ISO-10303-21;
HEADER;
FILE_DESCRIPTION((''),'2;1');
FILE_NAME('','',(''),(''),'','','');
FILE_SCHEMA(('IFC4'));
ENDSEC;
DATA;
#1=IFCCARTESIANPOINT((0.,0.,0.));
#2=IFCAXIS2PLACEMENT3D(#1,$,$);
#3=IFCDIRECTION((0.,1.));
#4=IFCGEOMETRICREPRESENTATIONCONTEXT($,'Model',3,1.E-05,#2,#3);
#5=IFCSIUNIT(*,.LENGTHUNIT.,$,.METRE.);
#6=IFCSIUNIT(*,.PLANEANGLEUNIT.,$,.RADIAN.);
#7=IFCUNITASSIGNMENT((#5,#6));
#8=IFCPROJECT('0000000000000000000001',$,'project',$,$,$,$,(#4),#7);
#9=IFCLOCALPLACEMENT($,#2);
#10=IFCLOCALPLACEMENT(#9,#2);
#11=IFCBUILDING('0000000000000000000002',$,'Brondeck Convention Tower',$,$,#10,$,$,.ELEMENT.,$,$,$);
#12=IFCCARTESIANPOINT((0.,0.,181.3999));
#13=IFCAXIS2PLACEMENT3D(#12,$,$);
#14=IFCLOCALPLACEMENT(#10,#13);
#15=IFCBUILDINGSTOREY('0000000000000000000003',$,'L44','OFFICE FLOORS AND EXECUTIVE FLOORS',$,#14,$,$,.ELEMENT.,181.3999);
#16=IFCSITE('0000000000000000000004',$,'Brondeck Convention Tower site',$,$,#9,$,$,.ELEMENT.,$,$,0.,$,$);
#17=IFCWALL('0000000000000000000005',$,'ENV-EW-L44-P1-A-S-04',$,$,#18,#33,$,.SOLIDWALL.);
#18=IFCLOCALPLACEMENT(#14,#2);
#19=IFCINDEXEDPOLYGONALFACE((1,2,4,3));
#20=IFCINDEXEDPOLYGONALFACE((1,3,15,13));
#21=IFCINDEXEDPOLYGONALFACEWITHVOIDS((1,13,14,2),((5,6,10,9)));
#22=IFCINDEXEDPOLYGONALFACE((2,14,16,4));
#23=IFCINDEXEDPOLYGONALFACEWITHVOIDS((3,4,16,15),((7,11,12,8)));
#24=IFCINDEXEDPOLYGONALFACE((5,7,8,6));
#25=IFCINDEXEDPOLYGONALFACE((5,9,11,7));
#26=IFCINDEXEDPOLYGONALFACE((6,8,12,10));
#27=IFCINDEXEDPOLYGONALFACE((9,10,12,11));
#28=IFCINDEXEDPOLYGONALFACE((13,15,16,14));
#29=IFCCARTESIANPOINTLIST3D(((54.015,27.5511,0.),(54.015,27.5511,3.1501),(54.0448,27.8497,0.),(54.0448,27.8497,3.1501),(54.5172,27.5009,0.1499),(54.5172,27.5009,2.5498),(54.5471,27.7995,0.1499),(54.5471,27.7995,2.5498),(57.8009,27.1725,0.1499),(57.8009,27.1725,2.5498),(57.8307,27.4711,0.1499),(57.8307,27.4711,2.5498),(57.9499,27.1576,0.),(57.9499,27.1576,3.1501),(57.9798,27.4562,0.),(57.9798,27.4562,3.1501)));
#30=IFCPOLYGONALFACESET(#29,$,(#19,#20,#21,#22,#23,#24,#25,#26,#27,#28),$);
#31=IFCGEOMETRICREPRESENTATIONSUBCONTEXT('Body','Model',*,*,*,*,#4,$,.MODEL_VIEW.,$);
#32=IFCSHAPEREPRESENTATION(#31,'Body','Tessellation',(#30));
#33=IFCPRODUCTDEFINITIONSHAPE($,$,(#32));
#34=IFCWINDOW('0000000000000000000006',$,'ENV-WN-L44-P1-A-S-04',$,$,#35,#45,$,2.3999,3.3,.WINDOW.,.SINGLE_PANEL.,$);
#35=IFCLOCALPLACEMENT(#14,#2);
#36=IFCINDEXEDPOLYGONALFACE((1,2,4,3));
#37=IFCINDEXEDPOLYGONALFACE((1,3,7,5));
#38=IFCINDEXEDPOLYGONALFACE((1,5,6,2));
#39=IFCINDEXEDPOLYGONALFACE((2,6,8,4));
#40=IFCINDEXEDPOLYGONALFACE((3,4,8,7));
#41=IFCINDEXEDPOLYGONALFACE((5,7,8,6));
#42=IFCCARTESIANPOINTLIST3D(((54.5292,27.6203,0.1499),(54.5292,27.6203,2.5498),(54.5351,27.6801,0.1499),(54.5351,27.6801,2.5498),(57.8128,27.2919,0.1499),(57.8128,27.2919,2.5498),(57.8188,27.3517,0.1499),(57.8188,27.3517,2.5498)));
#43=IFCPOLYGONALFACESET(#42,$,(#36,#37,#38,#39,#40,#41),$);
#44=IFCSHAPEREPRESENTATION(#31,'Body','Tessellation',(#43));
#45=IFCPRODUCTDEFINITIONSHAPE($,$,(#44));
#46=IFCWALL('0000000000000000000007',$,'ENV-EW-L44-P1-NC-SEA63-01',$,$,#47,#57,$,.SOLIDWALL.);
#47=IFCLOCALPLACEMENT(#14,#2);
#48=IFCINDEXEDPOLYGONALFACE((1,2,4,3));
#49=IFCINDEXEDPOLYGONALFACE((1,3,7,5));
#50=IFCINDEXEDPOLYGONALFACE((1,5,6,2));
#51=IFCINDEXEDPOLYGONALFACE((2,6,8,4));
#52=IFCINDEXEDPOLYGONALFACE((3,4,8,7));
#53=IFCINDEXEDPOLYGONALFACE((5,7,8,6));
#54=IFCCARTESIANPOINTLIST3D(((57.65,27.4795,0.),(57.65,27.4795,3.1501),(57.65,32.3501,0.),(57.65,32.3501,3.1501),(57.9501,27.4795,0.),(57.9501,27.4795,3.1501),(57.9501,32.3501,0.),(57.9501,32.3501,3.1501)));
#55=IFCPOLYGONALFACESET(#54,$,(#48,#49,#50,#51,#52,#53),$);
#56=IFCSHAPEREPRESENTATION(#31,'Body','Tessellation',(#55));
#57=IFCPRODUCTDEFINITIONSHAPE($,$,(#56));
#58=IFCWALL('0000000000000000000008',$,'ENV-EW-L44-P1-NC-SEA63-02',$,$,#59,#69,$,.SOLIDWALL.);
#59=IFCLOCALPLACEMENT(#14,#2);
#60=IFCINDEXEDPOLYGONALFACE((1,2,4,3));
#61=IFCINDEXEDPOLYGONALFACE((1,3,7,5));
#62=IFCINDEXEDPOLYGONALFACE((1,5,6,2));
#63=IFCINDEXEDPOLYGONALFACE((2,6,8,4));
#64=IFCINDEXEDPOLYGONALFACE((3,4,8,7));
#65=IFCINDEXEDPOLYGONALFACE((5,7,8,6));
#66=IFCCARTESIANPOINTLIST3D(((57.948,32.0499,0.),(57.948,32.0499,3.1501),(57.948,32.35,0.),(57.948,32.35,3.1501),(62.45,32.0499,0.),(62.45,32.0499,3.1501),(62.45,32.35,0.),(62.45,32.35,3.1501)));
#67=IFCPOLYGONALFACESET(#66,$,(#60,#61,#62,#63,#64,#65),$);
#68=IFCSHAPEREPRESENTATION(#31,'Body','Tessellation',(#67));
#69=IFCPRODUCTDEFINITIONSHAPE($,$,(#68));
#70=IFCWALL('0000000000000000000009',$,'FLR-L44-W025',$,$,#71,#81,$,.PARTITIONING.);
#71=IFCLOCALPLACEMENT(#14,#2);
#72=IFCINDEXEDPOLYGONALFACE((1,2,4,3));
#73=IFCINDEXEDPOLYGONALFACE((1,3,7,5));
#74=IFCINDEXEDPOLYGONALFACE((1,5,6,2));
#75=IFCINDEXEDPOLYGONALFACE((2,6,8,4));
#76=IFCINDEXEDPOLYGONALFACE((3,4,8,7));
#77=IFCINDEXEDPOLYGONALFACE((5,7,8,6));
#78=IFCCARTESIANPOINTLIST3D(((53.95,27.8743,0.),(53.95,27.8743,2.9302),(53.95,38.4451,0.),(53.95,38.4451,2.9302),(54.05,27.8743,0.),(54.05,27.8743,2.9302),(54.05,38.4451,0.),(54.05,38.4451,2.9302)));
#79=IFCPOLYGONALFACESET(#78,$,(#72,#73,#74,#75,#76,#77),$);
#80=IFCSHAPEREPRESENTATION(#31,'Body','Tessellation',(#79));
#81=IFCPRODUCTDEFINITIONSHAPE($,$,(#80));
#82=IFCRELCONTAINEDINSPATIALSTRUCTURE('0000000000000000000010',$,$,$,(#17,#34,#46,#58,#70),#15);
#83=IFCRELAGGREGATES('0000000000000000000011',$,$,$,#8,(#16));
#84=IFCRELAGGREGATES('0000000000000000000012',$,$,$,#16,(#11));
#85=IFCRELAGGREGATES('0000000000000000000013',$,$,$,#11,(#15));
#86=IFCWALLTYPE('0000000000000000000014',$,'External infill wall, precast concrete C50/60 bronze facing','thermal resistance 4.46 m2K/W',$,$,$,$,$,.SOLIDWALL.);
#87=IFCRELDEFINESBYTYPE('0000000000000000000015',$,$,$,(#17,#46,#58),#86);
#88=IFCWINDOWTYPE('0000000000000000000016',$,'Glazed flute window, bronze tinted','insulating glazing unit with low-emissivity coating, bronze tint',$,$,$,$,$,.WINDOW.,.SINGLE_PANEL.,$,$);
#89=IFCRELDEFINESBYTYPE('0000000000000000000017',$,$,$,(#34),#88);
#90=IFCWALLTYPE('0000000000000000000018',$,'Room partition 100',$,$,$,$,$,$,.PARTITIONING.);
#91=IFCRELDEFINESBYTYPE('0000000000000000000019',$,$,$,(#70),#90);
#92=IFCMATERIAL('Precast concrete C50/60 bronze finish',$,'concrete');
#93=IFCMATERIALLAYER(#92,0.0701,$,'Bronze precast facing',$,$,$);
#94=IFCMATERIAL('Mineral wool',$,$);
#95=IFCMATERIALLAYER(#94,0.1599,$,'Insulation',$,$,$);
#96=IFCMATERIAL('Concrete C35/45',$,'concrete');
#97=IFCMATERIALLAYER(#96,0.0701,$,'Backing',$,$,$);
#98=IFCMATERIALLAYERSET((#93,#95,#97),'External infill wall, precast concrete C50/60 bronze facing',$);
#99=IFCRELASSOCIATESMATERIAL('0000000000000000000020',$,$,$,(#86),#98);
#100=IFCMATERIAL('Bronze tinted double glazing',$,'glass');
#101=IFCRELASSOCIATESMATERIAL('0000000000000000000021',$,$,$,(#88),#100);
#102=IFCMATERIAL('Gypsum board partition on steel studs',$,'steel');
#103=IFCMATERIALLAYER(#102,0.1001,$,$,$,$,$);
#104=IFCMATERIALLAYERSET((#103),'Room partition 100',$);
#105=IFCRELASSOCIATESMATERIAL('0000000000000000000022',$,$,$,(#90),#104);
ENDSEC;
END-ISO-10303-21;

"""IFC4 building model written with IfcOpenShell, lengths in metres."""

from ifc_helpers import new_model, si_unit, direction, frame, frame_2d, origin, place, context, subcontext, project, spatial, rectangle, extrude, material, layer, layer_set, type_object, element, fill, save


model = new_model("IFC4")

# Units and contexts
model_context = context("Model", 3, precision=1e-05, world=origin(), true_north=direction((0.0, 1.0)))
body_context = subcontext(model_context, "Body", "Model", "MODEL_VIEW")
ifc_project = project(units=[si_unit("LENGTHUNIT", "METRE"), si_unit("PLANEANGLEUNIT", "RADIAN")], contexts=[model_context])

# Site, building, storey
site_placement = place(None, origin())
site = spatial("IfcSite", under=ifc_project, at=site_placement, Name="Brondeck Convention Tower site", CompositionType="ELEMENT", RefElevation=0.0)
building_placement = place(site_placement, origin())
building = spatial("IfcBuilding", under=site, at=building_placement, Name="Brondeck Convention Tower", CompositionType="ELEMENT")
storey_placement = place(building_placement, frame((0.0, 0.0, 181.3999)))
storey = spatial("IfcBuildingStorey", under=building, at=storey_placement, Name="L44", Description="OFFICE FLOORS AND EXECUTIVE FLOORS", CompositionType="ELEMENT", Elevation=181.3999)

# Shared definitions
ifc_material_1 = material(Name="Precast concrete C50/60 bronze finish", Category="concrete")
ifc_layer_1 = layer(ifc_material_1, 0.0701, Name="Bronze precast facing")
ifc_material_2 = material(Name="Mineral wool")
ifc_layer_2 = layer(ifc_material_2, 0.1599, Name="Insulation")
ifc_material_3 = material(Name="Concrete C35/45", Category="concrete")
ifc_layer_3 = layer(ifc_material_3, 0.0701, Name="Backing")
ifc_layer_set_1 = layer_set([ifc_layer_1, ifc_layer_2, ifc_layer_3], Name="External infill wall, precast concrete C50/60 bronze facing")
wall_type_1 = type_object("IfcWallType", Name="External infill wall, precast concrete C50/60 bronze facing", Description="thermal resistance 4.46 m2K/W", PredefinedType="SOLIDWALL", material=ifc_layer_set_1)
ifc_material_4 = material(Name="Bronze tinted double glazing", Category="glass")
window_type_1 = type_object("IfcWindowType", Name="Glazed flute window, bronze tinted", Description="insulating glazing unit with low-emissivity coating, bronze tint", PartitioningType="SINGLE_PANEL", PredefinedType="WINDOW", material=ifc_material_4)

# Wall, opening, window
wall_1_placement = place(storey_placement, frame((57.9648, 27.3069, 0.0), z_axis=(0.0, 0.0, 1.0), x_axis=(-0.995036, 0.099516, 0.0)))
wall_1 = element("IfcWall", 1, at=wall_1_placement, inside=storey, type_object=wall_type_1, Name="ENV-EW-L44-P1-A-S-04", PredefinedType="SOLIDWALL", context=body_context, shape_type="SweptSolid", body=[
    extrude(rectangle(XDim=3.9546, YDim=0.3, at=frame_2d((1.9773, 0.0))), origin(), (0.0, 0.0, 1.0), 3.1501),
])
opening_1_placement = place(wall_1_placement, frame((0.1499, 0.0, 0.1499)))
opening_1 = element("IfcOpeningElement", 2, at=opening_1_placement, cuts=wall_1, PredefinedType="OPENING", context=body_context, shape_type="SweptSolid", body=[
    extrude(rectangle(XDim=3.3, YDim=2.3999, at=frame_2d((1.6499, 1.2))), frame((0.0, 0.1599, 0.0), z_axis=(0.0, -1.0, 0.0), x_axis=(1.0, 0.0, 0.0)), (0.0, 0.0, 1.0), 0.3201),
])
window_1_placement = place(opening_1_placement, origin())
window_1 = element("IfcWindow", 3, at=window_1_placement, inside=storey, type_object=window_type_1, Name="ENV-WN-L44-P1-A-S-04", OverallHeight=2.3999, OverallWidth=3.3, PartitioningType="SINGLE_PANEL", PredefinedType="WINDOW", context=body_context, shape_type="SweptSolid", body=[
    extrude(rectangle(XDim=3.3, YDim=2.3999, at=frame_2d((1.6499, 1.2))), frame((0.0, 0.03, 0.0), z_axis=(0.0, -1.0, 0.0), x_axis=(1.0, 0.0, 0.0)), (0.0, 0.0, 1.0), 0.0601),
])
fill(opening_1, window_1)

# Walls
wall_2_placement = place(storey_placement, frame((57.8, 32.3501, 0.0), z_axis=(0.0, 0.0, 1.0), x_axis=(0.0, -1.0, 0.0)))
element("IfcWall", 4, at=wall_2_placement, inside=storey, type_object=wall_type_1, Name="ENV-EW-L44-P1-NC-SEA63-01", PredefinedType="SOLIDWALL", context=body_context, shape_type="SweptSolid", body=[
    extrude(rectangle(XDim=4.8706, YDim=0.3, at=frame_2d((2.4353, 0.0))), origin(), (0.0, 0.0, 1.0), 3.1501),
])
wall_3_placement = place(storey_placement, frame((62.45, 32.2, 0.0), z_axis=(0.0, 0.0, 1.0), x_axis=(-1.0, 0.0, 0.0)))
element("IfcWall", 5, at=wall_3_placement, inside=storey, type_object=wall_type_1, Name="ENV-EW-L44-P1-NC-SEA63-02", PredefinedType="SOLIDWALL", context=body_context, shape_type="SweptSolid", body=[
    extrude(rectangle(XDim=4.502, YDim=0.3, at=frame_2d((2.251, 0.0))), origin(), (0.0, 0.0, 1.0), 3.1501),
])
ifc_material_5 = material(Name="Gypsum board partition on steel studs", Category="steel")
ifc_layer_4 = layer(ifc_material_5, 0.1001)
ifc_layer_set_2 = layer_set([ifc_layer_4], Name="Room partition 100")
wall_type_2 = type_object("IfcWallType", Name="Room partition 100", PredefinedType="PARTITIONING", material=ifc_layer_set_2)
wall_4_placement = place(storey_placement, frame((54.0, 27.8743, 0.0), z_axis=(0.0, 0.0, 1.0), x_axis=(0.0, 1.0, 0.0)))
element("IfcWall", 6, at=wall_4_placement, inside=storey, type_object=wall_type_2, Name="FLR-L44-W025", PredefinedType="PARTITIONING", context=body_context, shape_type="SweptSolid", body=[
    extrude(rectangle(XDim=10.5708, YDim=0.1001, at=frame_2d((5.2854, 0.0))), origin(), (0.0, 0.0, 1.0), 2.9302),
])

save(model, "model.ifc")
